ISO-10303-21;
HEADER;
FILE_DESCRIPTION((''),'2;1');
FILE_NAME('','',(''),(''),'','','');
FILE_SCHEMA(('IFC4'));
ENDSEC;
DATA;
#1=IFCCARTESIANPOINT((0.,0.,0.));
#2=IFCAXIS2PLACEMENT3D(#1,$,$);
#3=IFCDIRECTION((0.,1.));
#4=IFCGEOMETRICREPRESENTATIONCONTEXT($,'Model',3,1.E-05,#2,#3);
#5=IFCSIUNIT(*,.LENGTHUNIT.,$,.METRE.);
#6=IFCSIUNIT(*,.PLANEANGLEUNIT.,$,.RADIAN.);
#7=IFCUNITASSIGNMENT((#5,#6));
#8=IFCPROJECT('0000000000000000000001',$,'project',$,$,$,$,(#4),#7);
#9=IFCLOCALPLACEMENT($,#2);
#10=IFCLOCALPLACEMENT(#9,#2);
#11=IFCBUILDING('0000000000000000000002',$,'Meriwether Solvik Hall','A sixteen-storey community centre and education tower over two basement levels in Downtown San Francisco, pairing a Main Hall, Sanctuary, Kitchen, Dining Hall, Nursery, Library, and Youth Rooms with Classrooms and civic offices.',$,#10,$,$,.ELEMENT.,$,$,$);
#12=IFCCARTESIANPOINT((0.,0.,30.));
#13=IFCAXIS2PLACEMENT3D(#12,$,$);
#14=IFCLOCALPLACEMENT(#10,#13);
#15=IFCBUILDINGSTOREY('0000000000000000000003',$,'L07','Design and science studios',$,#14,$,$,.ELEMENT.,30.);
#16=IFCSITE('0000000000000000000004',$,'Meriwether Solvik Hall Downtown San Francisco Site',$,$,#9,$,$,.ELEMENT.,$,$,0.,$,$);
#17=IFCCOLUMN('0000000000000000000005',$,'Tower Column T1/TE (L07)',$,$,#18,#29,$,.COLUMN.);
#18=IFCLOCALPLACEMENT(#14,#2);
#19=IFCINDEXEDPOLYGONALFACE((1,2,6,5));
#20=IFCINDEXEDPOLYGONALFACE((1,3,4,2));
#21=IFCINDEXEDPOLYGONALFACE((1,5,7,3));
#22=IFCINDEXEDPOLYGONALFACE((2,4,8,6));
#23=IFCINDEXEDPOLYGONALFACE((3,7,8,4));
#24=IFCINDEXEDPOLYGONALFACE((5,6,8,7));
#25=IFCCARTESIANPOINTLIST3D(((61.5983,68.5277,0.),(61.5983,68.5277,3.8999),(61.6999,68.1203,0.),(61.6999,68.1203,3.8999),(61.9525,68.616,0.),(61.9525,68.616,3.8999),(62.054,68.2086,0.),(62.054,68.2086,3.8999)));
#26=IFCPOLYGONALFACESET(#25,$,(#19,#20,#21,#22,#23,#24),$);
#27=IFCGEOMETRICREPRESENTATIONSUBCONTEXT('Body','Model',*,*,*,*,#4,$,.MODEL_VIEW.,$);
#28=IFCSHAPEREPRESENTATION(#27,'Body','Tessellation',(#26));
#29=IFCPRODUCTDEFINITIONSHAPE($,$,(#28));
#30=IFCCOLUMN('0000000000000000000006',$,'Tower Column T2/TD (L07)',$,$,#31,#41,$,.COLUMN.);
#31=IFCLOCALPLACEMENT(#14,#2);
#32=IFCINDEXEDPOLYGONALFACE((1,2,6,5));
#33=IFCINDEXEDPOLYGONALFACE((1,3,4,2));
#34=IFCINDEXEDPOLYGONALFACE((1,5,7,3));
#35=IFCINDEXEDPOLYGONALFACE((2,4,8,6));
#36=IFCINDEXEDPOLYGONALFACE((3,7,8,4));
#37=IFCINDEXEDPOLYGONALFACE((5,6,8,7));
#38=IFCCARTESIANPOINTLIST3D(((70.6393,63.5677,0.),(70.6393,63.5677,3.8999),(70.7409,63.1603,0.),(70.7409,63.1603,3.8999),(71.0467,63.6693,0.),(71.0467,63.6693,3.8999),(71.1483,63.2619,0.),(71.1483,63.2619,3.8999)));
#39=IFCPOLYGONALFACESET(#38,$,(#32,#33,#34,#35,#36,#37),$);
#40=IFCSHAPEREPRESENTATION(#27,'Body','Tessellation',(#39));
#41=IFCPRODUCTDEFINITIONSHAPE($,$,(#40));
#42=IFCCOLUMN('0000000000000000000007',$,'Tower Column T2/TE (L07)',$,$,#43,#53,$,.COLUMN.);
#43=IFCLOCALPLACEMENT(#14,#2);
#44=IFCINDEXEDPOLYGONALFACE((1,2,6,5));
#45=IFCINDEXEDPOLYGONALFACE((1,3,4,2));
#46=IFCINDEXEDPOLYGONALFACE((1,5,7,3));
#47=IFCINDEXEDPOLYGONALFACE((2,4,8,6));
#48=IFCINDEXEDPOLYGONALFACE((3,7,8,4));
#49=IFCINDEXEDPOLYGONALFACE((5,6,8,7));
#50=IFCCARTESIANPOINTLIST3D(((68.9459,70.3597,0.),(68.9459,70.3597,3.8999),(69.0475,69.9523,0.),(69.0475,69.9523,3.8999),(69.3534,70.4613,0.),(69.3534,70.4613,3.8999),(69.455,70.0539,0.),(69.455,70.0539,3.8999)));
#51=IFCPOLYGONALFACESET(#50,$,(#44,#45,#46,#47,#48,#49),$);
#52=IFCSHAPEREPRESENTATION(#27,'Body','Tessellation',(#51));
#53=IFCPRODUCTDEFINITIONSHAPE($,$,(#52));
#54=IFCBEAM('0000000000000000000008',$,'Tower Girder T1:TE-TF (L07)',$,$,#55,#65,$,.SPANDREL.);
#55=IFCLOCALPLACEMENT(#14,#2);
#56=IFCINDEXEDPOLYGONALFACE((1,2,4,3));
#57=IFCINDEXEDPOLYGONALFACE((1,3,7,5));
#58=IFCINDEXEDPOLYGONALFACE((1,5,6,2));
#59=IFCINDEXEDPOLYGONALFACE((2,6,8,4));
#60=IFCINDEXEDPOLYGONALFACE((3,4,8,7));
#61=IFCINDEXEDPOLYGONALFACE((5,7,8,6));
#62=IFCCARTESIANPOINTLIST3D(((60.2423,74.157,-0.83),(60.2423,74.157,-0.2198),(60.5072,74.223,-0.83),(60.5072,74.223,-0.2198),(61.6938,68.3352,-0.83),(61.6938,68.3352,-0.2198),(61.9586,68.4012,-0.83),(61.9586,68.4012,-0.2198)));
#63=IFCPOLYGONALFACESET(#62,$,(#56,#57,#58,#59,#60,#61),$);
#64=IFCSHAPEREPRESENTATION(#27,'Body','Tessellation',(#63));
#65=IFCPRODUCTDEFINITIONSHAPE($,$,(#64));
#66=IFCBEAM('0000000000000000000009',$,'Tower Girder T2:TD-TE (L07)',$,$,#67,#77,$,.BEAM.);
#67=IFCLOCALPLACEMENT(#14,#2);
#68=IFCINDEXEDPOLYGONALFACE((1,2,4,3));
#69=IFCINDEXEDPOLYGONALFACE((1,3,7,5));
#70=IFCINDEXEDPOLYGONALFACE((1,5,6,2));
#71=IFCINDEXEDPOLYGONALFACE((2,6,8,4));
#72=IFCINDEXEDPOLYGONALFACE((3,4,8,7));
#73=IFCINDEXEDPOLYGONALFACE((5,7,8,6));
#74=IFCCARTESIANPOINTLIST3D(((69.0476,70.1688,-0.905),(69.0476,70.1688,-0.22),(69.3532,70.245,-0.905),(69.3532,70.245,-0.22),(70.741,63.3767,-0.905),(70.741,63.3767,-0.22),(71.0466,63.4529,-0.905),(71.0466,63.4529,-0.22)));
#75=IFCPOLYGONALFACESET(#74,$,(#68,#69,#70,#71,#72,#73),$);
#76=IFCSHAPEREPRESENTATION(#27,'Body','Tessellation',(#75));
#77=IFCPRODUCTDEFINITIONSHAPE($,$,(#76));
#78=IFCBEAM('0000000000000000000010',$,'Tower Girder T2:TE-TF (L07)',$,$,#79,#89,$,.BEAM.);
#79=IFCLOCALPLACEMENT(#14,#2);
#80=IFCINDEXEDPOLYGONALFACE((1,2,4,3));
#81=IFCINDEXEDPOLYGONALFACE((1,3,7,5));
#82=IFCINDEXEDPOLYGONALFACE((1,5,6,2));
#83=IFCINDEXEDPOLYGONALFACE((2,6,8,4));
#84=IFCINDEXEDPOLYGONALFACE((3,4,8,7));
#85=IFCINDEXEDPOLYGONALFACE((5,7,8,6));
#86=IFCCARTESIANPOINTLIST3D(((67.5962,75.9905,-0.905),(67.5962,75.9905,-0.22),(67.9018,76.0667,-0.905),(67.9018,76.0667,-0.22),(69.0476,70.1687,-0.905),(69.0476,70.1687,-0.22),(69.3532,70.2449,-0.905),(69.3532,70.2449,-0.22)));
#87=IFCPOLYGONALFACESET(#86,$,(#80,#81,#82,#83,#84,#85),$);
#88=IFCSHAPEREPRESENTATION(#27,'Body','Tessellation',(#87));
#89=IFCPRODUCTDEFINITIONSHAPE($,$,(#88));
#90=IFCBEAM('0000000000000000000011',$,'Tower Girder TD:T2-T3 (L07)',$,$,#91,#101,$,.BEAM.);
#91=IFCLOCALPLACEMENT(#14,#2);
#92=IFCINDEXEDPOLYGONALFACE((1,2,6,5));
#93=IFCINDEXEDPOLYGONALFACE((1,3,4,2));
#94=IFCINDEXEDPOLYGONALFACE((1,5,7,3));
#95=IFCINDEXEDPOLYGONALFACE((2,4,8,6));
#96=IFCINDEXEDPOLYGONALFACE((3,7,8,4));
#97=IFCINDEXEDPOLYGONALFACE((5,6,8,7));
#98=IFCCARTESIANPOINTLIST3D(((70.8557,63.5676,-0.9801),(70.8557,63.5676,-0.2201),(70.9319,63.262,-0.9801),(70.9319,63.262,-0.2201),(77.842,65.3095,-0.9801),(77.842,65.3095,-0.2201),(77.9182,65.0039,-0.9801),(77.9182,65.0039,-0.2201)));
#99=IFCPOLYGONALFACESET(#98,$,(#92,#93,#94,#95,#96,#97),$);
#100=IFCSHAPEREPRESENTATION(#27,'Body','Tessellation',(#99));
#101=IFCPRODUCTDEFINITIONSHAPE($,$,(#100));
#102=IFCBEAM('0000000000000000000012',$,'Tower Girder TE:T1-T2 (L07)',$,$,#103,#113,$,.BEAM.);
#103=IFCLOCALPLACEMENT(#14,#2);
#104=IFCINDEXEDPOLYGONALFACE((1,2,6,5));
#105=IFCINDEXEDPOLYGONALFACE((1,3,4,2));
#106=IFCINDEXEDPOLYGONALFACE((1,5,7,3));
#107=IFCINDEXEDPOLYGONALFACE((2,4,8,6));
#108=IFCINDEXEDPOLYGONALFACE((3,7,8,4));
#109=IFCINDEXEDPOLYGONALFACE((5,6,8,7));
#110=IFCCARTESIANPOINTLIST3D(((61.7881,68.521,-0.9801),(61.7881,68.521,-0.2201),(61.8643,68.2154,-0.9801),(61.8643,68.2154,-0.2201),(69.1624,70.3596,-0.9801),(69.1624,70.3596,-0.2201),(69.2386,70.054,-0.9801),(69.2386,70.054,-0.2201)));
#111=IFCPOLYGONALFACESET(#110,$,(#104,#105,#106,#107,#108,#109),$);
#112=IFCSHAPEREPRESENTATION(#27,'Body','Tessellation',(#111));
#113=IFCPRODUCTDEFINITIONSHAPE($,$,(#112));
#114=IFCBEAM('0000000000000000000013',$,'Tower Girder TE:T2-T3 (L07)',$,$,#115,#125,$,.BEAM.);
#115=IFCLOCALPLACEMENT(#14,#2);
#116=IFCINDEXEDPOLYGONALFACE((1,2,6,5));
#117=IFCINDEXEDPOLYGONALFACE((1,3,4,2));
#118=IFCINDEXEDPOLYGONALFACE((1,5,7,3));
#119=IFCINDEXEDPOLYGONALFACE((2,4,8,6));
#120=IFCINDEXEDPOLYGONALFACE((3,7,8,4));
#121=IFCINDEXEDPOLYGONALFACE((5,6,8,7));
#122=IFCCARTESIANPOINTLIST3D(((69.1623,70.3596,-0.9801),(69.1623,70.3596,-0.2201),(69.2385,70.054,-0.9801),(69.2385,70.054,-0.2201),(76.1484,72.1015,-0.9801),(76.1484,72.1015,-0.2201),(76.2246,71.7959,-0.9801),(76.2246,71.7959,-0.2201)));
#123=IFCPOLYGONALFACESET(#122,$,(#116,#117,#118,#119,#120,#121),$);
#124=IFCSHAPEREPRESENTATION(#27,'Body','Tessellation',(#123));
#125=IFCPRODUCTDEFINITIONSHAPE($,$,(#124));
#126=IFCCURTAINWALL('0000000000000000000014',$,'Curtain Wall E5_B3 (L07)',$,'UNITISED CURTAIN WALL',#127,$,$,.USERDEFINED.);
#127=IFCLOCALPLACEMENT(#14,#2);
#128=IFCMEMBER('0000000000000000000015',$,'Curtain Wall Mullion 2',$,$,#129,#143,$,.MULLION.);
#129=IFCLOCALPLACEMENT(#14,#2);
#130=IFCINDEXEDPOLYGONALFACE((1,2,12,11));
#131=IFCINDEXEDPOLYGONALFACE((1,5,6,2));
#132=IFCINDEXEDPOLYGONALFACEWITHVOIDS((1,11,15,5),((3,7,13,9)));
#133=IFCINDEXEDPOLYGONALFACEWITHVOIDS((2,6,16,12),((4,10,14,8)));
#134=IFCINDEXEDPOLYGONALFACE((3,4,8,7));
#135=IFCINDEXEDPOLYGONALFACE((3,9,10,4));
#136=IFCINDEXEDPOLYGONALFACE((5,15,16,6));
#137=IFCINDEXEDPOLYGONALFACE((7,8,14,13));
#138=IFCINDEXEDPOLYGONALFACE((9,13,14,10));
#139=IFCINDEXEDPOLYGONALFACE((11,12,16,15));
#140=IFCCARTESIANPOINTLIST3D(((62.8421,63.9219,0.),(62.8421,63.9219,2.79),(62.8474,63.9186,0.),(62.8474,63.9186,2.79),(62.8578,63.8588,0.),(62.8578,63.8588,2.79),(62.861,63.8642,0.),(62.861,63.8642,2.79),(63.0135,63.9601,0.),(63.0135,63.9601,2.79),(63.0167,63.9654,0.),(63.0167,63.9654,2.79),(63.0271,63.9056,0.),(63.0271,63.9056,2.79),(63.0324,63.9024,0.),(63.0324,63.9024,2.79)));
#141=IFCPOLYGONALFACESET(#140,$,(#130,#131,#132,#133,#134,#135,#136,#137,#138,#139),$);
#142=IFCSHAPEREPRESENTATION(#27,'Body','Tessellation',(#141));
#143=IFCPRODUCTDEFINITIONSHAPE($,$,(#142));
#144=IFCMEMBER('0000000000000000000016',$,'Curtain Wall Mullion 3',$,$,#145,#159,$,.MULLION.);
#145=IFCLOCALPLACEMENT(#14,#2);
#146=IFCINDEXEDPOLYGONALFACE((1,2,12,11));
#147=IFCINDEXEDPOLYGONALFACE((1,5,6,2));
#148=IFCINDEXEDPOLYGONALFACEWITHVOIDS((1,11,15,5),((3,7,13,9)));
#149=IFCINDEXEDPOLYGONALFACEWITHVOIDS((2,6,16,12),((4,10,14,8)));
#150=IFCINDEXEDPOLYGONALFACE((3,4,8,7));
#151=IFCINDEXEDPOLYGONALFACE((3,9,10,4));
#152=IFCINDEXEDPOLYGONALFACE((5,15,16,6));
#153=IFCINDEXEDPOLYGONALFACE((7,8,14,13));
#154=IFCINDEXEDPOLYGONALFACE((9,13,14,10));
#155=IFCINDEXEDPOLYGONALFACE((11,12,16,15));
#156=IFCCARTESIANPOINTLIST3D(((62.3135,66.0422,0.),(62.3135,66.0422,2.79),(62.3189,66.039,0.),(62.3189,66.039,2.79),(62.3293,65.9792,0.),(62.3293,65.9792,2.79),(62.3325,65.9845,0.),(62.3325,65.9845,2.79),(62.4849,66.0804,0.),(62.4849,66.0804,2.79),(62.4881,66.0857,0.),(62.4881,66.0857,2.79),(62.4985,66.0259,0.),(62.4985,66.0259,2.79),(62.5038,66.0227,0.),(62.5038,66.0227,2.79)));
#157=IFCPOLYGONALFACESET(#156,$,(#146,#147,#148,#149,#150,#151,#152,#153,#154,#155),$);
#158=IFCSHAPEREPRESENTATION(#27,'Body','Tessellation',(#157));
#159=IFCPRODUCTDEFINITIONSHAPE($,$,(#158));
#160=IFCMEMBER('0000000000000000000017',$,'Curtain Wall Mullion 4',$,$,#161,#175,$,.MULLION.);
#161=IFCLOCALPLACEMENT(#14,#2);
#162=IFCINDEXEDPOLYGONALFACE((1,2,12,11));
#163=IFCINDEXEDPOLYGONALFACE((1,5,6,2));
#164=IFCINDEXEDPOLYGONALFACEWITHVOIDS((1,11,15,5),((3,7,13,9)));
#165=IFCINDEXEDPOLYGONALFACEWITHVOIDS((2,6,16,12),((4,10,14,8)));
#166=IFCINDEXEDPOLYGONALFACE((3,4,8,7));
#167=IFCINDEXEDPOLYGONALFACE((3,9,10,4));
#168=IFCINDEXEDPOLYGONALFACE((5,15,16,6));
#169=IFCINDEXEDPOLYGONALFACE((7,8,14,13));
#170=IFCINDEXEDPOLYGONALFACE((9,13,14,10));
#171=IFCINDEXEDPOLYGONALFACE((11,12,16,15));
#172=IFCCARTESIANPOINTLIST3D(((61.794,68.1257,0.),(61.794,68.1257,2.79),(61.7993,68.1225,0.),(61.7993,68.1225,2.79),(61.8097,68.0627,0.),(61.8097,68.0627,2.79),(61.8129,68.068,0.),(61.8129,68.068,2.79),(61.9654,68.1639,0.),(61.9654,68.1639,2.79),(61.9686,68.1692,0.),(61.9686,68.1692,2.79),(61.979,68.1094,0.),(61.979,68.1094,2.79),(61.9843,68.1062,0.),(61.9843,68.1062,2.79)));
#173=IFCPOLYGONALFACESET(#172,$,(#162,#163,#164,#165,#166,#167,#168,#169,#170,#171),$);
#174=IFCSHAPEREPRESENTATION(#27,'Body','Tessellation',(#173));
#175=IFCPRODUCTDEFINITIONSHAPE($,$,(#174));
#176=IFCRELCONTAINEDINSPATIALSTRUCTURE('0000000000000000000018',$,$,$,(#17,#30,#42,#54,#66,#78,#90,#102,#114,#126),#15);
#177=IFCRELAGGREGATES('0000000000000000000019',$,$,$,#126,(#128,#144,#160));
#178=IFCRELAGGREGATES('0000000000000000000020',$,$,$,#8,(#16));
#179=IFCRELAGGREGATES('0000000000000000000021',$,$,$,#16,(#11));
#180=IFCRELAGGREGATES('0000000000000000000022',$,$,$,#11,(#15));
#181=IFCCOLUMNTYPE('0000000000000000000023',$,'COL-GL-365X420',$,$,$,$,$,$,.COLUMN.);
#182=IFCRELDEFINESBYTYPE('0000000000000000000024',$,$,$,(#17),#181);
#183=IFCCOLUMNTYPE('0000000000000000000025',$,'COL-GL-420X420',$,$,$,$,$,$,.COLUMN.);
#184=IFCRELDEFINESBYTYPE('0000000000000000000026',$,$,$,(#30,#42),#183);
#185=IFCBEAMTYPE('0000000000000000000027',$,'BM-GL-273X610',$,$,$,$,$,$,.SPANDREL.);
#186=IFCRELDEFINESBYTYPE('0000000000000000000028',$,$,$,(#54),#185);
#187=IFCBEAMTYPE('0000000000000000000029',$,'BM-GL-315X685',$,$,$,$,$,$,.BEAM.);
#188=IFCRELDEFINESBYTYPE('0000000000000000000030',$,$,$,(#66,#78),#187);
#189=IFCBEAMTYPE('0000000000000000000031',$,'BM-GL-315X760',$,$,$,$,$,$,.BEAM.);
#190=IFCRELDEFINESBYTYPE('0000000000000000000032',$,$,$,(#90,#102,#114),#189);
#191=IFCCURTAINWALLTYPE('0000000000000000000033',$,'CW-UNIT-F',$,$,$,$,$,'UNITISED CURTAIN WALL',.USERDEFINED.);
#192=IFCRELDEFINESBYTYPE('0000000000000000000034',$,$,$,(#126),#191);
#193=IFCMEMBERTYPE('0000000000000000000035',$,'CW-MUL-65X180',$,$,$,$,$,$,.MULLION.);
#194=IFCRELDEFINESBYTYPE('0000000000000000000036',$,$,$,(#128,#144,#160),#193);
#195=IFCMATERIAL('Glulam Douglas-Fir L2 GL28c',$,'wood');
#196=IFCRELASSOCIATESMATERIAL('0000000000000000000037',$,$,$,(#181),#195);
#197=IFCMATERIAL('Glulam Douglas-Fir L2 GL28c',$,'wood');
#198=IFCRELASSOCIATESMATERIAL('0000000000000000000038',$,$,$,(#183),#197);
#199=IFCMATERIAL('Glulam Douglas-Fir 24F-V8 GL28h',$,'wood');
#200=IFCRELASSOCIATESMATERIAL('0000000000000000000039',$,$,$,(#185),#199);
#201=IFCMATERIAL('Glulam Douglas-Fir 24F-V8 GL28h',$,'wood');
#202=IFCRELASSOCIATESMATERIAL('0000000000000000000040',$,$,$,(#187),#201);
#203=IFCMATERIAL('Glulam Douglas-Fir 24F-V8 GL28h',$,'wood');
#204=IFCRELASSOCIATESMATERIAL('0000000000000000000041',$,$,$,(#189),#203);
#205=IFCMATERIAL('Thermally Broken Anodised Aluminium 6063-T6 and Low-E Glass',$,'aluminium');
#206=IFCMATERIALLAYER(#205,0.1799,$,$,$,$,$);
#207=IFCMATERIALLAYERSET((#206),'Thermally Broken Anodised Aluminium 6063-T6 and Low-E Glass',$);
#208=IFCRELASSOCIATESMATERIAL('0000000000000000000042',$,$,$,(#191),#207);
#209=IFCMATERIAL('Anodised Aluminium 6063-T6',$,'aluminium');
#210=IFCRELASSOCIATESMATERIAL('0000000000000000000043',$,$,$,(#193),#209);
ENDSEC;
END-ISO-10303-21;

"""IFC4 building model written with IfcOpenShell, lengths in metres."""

from ifc_helpers import new_model, si_unit, direction, frame, origin, origin_2d, place, context, subcontext, project, spatial, rectangle, hollow_rectangle, extrude, material, layer, layer_set, material_profile, profile_set, type_object, element, aggregate, save


model = new_model("IFC4")

# Units and contexts
model_context = context("Model", 3, precision=1e-05, world=origin(), true_north=direction((0.0, 1.0)))
body_context = subcontext(model_context, "Body", "Model", "MODEL_VIEW")
ifc_project = project(units=[si_unit("LENGTHUNIT", "METRE"), si_unit("PLANEANGLEUNIT", "RADIAN")], contexts=[model_context])

# Site, building, storey
site_placement = place(None, origin())
site = spatial("IfcSite", under=ifc_project, at=site_placement, Name="Meriwether Solvik Hall Downtown San Francisco Site", CompositionType="ELEMENT", RefElevation=0.0)
building_placement = place(site_placement, origin())
building = spatial("IfcBuilding", under=site, at=building_placement, Name="Meriwether Solvik Hall", Description="A sixteen-storey community centre and education tower over two basement levels in Downtown San Francisco, pairing a Main Hall, Sanctuary, Kitchen, Dining Hall, Nursery, Library, and Youth Rooms with Classrooms and civic offices.", CompositionType="ELEMENT")
storey_placement = place(building_placement, frame((0.0, 0.0, 30.0)))
storey = spatial("IfcBuildingStorey", under=building, at=storey_placement, Name="L07", Description="Design and science studios", CompositionType="ELEMENT", Elevation=30.0)

# Columns
ifc_material_1 = material(Name="Glulam Douglas-Fir L2 GL28c", Category="wood")
ifc_material_profile_1 = material_profile(ifc_material_1, rectangle(XDim=0.365, YDim=0.4199, at=origin_2d()), Name="GLC-365X420")
ifc_profile_set_1 = profile_set([ifc_material_profile_1], Name="Glulam Douglas-Fir L2 GL28c")
column_type_1 = type_object("IfcColumnType", Name="COL-GL-365X420", PredefinedType="COLUMN", material=ifc_profile_set_1)
column_placement = place(storey_placement, frame((61.8262, 68.3682, 0.0), z_axis=(0.0, 0.0, 1.0), x_axis=(0.970296, 0.241922, 0.0)))
element("IfcColumn", 1, at=column_placement, inside=storey, type_object=column_type_1, Name="Tower Column T1/TE (L07)", PredefinedType="COLUMN", context=body_context, shape_type="SweptSolid", body=[
    extrude(rectangle(XDim=0.365, YDim=0.4199, at=origin_2d()), origin(), (0.0, 0.0, 1.0), 3.8999),
])
ifc_material_2 = material(Name="Glulam Douglas-Fir L2 GL28c", Category="wood")
ifc_material_profile_2 = material_profile(ifc_material_2, rectangle(XDim=0.4199, YDim=0.4199, at=origin_2d()), Name="GLC-420X420")
ifc_profile_set_2 = profile_set([ifc_material_profile_2], Name="Glulam Douglas-Fir L2 GL28c")
column_type_2 = type_object("IfcColumnType", Name="COL-GL-420X420", PredefinedType="COLUMN", material=ifc_profile_set_2)
for number, where, z_axis, x_axis, name in (
    (2, (70.8938, 63.4148, 0.0), (0.0, 0.0, 1.0), (0.970296, 0.241922, 0.0), "Tower Column T2/TD (L07)"),
    (3, (69.2004, 70.2068, 0.0), (0.0, 0.0, 1.0), (0.970296, 0.241922, 0.0), "Tower Column T2/TE (L07)"),
):
    element("IfcColumn", number, at=place(storey_placement, frame(where, z_axis=z_axis, x_axis=x_axis)), inside=storey, type_object=column_type_2, Name=name, PredefinedType="COLUMN", context=body_context, shape_type="SweptSolid", body=[
        extrude(rectangle(XDim=0.4199, YDim=0.4199, at=origin_2d()), origin(), (0.0, 0.0, 1.0), 3.8999),
    ])

# Beams
ifc_material_3 = material(Name="Glulam Douglas-Fir 24F-V8 GL28h", Category="wood")
ifc_material_profile_3 = material_profile(ifc_material_3, rectangle(XDim=0.2729, YDim=0.6101, at=origin_2d()), Name="GLB-273X610")
ifc_profile_set_3 = profile_set([ifc_material_profile_3], Name="Glulam Douglas-Fir 24F-V8 GL28h")
beam_type_1 = type_object("IfcBeamType", Name="BM-GL-273X610", PredefinedType="SPANDREL", material=ifc_profile_set_3)
beam_1_placement = place(storey_placement, frame((61.8262, 68.3682, -0.5249), z_axis=(-0.241904, 0.9703, 0.0), x_axis=(-0.9703, -0.241904, 0.0)))
element("IfcBeam", 4, at=beam_1_placement, inside=storey, type_object=beam_type_1, Name="Tower Girder T1:TE-TF (L07)", PredefinedType="SPANDREL", context=body_context, shape_type="SweptSolid", body=[
    extrude(rectangle(XDim=0.2729, YDim=0.6101, at=origin_2d()), origin(), (0.0, 0.0, 1.0), 6.0),
])
ifc_material_4 = material(Name="Glulam Douglas-Fir 24F-V8 GL28h", Category="wood")
ifc_material_profile_4 = material_profile(ifc_material_4, rectangle(XDim=0.3149, YDim=0.6851, at=origin_2d()), Name="GLB-315X685")
ifc_profile_set_4 = profile_set([ifc_material_profile_4], Name="Glulam Douglas-Fir 24F-V8 GL28h")
beam_type_2 = type_object("IfcBeamType", Name="BM-GL-315X685", PredefinedType="BEAM", material=ifc_profile_set_4)
beam_2_placement = place(storey_placement, frame((70.8938, 63.4148, -0.5625), z_axis=(-0.241912, 0.970298, 0.0), x_axis=(-0.970298, -0.241912, 0.0)))
element("IfcBeam", 5, at=beam_2_placement, inside=storey, type_object=beam_type_2, Name="Tower Girder T2:TD-TE (L07)", PredefinedType="BEAM", context=body_context, shape_type="SweptSolid", body=[
    extrude(rectangle(XDim=0.3149, YDim=0.6851, at=origin_2d()), origin(), (0.0, 0.0, 1.0), 7.0),
])
beam_3_placement = place(storey_placement, frame((69.2004, 70.2068, -0.5625), z_axis=(-0.241904, 0.9703, 0.0), x_axis=(-0.9703, -0.241904, 0.0)))
element("IfcBeam", 6, at=beam_3_placement, inside=storey, type_object=beam_type_2, Name="Tower Girder T2:TE-TF (L07)", PredefinedType="BEAM", context=body_context, shape_type="SweptSolid", body=[
    extrude(rectangle(XDim=0.3149, YDim=0.6851, at=origin_2d()), origin(), (0.0, 0.0, 1.0), 6.0),
])
ifc_material_5 = material(Name="Glulam Douglas-Fir 24F-V8 GL28h", Category="wood")
ifc_material_profile_5 = material_profile(ifc_material_5, rectangle(XDim=0.3149, YDim=0.76, at=origin_2d()), Name="GLB-315X760")
ifc_profile_set_5 = profile_set([ifc_material_profile_5], Name="Glulam Douglas-Fir 24F-V8 GL28h")
beam_type_3 = type_object("IfcBeamType", Name="BM-GL-315X760", PredefinedType="BEAM", material=ifc_profile_set_5)
beam_4_placement = place(storey_placement, frame((70.8938, 63.4148, -0.6001), z_axis=(0.970294, 0.241929, 0.0), x_axis=(-0.241929, 0.970294, 0.0)))
element("IfcBeam", 7, at=beam_4_placement, inside=storey, type_object=beam_type_3, Name="Tower Girder TD:T2-T3 (L07)", PredefinedType="BEAM", context=body_context, shape_type="SweptSolid", body=[
    extrude(rectangle(XDim=0.3149, YDim=0.76, at=origin_2d()), origin(), (0.0, 0.0, 1.0), 7.2002),
])
beam_5_placement = place(storey_placement, frame((61.8262, 68.3682, -0.6001), z_axis=(0.970295, 0.241923, 0.0), x_axis=(-0.241923, 0.970295, 0.0)))
element("IfcBeam", 8, at=beam_5_placement, inside=storey, type_object=beam_type_3, Name="Tower Girder TE:T1-T2 (L07)", PredefinedType="BEAM", context=body_context, shape_type="SweptSolid", body=[
    extrude(rectangle(XDim=0.3149, YDim=0.76, at=origin_2d()), origin(), (0.0, 0.0, 1.0), 7.6001),
])
beam_6_placement = place(storey_placement, frame((69.2004, 70.2068, -0.6001), z_axis=(0.970292, 0.241937, 0.0), x_axis=(-0.241937, 0.970292, 0.0)))
element("IfcBeam", 9, at=beam_6_placement, inside=storey, type_object=beam_type_3, Name="Tower Girder TE:T2-T3 (L07)", PredefinedType="BEAM", context=body_context, shape_type="SweptSolid", body=[
    extrude(rectangle(XDim=0.3149, YDim=0.76, at=origin_2d()), origin(), (0.0, 0.0, 1.0), 7.2),
])

# Curtain wall, members
ifc_material_6 = material(Name="Thermally Broken Anodised Aluminium 6063-T6 and Low-E Glass", Category="aluminium")
ifc_layer_1 = layer(ifc_material_6, 0.1799)
ifc_layer_set_1 = layer_set([ifc_layer_1], Name="Thermally Broken Anodised Aluminium 6063-T6 and Low-E Glass")
curtain_wall_type_1 = type_object("IfcCurtainWallType", Name="CW-UNIT-F", ElementType="UNITISED CURTAIN WALL", PredefinedType="USERDEFINED", material=ifc_layer_set_1)
curtain_wall_1_placement = place(storey_placement, origin())
curtain_wall_1 = element("IfcCurtainWall", 10, at=curtain_wall_1_placement, inside=storey, type_object=curtain_wall_type_1, Name="Curtain Wall E5_B3 (L07)", ObjectType="UNITISED CURTAIN WALL", PredefinedType="USERDEFINED")
ifc_material_7 = material(Name="Anodised Aluminium 6063-T6", Category="aluminium")
ifc_material_profile_6 = material_profile(ifc_material_7, hollow_rectangle(XDim=0.0649, YDim=0.1799, WallThickness=0.0044, at=origin_2d()), Name="CWM-65X180")
ifc_profile_set_6 = profile_set([ifc_material_profile_6], Name="Anodised Aluminium 6063-T6")
member_type_1 = type_object("IfcMemberType", Name="CW-MUL-65X180", PredefinedType="MULLION", material=ifc_profile_set_6)
member_1_placement = place(storey_placement, frame((62.9373, 63.9121, 0.0), z_axis=(0.0, 0.0, 1.0), x_axis=(-0.241922, 0.970296, 0.0)))
member_1 = element("IfcMember", 11, at=member_1_placement, type_object=member_type_1, Name="Curtain Wall Mullion 2", PredefinedType="MULLION", context=body_context, shape_type="SweptSolid", body=[
    extrude(hollow_rectangle(XDim=0.0649, YDim=0.1799, WallThickness=0.0044, at=origin_2d()), origin(), (0.0, 0.0, 1.0), 2.79),
])
member_2_placement = place(storey_placement, frame((62.4087, 66.0325, 0.0), z_axis=(0.0, 0.0, 1.0), x_axis=(-0.241922, 0.970296, 0.0)))
member_2 = element("IfcMember", 12, at=member_2_placement, type_object=member_type_1, Name="Curtain Wall Mullion 3", PredefinedType="MULLION", context=body_context, shape_type="SweptSolid", body=[
    extrude(hollow_rectangle(XDim=0.0649, YDim=0.1799, WallThickness=0.0044, at=origin_2d()), origin(), (0.0, 0.0, 1.0), 2.79),
])
member_3_placement = place(storey_placement, frame((61.8892, 68.116, 0.0), z_axis=(0.0, 0.0, 1.0), x_axis=(-0.241922, 0.970296, 0.0)))
member_3 = element("IfcMember", 13, at=member_3_placement, type_object=member_type_1, Name="Curtain Wall Mullion 4", PredefinedType="MULLION", context=body_context, shape_type="SweptSolid", body=[
    extrude(hollow_rectangle(XDim=0.0649, YDim=0.1799, WallThickness=0.0044, at=origin_2d()), origin(), (0.0, 0.0, 1.0), 2.79),
])

aggregate(curtain_wall_1, [member_1, member_2, member_3])

save(model, "model.ifc")
